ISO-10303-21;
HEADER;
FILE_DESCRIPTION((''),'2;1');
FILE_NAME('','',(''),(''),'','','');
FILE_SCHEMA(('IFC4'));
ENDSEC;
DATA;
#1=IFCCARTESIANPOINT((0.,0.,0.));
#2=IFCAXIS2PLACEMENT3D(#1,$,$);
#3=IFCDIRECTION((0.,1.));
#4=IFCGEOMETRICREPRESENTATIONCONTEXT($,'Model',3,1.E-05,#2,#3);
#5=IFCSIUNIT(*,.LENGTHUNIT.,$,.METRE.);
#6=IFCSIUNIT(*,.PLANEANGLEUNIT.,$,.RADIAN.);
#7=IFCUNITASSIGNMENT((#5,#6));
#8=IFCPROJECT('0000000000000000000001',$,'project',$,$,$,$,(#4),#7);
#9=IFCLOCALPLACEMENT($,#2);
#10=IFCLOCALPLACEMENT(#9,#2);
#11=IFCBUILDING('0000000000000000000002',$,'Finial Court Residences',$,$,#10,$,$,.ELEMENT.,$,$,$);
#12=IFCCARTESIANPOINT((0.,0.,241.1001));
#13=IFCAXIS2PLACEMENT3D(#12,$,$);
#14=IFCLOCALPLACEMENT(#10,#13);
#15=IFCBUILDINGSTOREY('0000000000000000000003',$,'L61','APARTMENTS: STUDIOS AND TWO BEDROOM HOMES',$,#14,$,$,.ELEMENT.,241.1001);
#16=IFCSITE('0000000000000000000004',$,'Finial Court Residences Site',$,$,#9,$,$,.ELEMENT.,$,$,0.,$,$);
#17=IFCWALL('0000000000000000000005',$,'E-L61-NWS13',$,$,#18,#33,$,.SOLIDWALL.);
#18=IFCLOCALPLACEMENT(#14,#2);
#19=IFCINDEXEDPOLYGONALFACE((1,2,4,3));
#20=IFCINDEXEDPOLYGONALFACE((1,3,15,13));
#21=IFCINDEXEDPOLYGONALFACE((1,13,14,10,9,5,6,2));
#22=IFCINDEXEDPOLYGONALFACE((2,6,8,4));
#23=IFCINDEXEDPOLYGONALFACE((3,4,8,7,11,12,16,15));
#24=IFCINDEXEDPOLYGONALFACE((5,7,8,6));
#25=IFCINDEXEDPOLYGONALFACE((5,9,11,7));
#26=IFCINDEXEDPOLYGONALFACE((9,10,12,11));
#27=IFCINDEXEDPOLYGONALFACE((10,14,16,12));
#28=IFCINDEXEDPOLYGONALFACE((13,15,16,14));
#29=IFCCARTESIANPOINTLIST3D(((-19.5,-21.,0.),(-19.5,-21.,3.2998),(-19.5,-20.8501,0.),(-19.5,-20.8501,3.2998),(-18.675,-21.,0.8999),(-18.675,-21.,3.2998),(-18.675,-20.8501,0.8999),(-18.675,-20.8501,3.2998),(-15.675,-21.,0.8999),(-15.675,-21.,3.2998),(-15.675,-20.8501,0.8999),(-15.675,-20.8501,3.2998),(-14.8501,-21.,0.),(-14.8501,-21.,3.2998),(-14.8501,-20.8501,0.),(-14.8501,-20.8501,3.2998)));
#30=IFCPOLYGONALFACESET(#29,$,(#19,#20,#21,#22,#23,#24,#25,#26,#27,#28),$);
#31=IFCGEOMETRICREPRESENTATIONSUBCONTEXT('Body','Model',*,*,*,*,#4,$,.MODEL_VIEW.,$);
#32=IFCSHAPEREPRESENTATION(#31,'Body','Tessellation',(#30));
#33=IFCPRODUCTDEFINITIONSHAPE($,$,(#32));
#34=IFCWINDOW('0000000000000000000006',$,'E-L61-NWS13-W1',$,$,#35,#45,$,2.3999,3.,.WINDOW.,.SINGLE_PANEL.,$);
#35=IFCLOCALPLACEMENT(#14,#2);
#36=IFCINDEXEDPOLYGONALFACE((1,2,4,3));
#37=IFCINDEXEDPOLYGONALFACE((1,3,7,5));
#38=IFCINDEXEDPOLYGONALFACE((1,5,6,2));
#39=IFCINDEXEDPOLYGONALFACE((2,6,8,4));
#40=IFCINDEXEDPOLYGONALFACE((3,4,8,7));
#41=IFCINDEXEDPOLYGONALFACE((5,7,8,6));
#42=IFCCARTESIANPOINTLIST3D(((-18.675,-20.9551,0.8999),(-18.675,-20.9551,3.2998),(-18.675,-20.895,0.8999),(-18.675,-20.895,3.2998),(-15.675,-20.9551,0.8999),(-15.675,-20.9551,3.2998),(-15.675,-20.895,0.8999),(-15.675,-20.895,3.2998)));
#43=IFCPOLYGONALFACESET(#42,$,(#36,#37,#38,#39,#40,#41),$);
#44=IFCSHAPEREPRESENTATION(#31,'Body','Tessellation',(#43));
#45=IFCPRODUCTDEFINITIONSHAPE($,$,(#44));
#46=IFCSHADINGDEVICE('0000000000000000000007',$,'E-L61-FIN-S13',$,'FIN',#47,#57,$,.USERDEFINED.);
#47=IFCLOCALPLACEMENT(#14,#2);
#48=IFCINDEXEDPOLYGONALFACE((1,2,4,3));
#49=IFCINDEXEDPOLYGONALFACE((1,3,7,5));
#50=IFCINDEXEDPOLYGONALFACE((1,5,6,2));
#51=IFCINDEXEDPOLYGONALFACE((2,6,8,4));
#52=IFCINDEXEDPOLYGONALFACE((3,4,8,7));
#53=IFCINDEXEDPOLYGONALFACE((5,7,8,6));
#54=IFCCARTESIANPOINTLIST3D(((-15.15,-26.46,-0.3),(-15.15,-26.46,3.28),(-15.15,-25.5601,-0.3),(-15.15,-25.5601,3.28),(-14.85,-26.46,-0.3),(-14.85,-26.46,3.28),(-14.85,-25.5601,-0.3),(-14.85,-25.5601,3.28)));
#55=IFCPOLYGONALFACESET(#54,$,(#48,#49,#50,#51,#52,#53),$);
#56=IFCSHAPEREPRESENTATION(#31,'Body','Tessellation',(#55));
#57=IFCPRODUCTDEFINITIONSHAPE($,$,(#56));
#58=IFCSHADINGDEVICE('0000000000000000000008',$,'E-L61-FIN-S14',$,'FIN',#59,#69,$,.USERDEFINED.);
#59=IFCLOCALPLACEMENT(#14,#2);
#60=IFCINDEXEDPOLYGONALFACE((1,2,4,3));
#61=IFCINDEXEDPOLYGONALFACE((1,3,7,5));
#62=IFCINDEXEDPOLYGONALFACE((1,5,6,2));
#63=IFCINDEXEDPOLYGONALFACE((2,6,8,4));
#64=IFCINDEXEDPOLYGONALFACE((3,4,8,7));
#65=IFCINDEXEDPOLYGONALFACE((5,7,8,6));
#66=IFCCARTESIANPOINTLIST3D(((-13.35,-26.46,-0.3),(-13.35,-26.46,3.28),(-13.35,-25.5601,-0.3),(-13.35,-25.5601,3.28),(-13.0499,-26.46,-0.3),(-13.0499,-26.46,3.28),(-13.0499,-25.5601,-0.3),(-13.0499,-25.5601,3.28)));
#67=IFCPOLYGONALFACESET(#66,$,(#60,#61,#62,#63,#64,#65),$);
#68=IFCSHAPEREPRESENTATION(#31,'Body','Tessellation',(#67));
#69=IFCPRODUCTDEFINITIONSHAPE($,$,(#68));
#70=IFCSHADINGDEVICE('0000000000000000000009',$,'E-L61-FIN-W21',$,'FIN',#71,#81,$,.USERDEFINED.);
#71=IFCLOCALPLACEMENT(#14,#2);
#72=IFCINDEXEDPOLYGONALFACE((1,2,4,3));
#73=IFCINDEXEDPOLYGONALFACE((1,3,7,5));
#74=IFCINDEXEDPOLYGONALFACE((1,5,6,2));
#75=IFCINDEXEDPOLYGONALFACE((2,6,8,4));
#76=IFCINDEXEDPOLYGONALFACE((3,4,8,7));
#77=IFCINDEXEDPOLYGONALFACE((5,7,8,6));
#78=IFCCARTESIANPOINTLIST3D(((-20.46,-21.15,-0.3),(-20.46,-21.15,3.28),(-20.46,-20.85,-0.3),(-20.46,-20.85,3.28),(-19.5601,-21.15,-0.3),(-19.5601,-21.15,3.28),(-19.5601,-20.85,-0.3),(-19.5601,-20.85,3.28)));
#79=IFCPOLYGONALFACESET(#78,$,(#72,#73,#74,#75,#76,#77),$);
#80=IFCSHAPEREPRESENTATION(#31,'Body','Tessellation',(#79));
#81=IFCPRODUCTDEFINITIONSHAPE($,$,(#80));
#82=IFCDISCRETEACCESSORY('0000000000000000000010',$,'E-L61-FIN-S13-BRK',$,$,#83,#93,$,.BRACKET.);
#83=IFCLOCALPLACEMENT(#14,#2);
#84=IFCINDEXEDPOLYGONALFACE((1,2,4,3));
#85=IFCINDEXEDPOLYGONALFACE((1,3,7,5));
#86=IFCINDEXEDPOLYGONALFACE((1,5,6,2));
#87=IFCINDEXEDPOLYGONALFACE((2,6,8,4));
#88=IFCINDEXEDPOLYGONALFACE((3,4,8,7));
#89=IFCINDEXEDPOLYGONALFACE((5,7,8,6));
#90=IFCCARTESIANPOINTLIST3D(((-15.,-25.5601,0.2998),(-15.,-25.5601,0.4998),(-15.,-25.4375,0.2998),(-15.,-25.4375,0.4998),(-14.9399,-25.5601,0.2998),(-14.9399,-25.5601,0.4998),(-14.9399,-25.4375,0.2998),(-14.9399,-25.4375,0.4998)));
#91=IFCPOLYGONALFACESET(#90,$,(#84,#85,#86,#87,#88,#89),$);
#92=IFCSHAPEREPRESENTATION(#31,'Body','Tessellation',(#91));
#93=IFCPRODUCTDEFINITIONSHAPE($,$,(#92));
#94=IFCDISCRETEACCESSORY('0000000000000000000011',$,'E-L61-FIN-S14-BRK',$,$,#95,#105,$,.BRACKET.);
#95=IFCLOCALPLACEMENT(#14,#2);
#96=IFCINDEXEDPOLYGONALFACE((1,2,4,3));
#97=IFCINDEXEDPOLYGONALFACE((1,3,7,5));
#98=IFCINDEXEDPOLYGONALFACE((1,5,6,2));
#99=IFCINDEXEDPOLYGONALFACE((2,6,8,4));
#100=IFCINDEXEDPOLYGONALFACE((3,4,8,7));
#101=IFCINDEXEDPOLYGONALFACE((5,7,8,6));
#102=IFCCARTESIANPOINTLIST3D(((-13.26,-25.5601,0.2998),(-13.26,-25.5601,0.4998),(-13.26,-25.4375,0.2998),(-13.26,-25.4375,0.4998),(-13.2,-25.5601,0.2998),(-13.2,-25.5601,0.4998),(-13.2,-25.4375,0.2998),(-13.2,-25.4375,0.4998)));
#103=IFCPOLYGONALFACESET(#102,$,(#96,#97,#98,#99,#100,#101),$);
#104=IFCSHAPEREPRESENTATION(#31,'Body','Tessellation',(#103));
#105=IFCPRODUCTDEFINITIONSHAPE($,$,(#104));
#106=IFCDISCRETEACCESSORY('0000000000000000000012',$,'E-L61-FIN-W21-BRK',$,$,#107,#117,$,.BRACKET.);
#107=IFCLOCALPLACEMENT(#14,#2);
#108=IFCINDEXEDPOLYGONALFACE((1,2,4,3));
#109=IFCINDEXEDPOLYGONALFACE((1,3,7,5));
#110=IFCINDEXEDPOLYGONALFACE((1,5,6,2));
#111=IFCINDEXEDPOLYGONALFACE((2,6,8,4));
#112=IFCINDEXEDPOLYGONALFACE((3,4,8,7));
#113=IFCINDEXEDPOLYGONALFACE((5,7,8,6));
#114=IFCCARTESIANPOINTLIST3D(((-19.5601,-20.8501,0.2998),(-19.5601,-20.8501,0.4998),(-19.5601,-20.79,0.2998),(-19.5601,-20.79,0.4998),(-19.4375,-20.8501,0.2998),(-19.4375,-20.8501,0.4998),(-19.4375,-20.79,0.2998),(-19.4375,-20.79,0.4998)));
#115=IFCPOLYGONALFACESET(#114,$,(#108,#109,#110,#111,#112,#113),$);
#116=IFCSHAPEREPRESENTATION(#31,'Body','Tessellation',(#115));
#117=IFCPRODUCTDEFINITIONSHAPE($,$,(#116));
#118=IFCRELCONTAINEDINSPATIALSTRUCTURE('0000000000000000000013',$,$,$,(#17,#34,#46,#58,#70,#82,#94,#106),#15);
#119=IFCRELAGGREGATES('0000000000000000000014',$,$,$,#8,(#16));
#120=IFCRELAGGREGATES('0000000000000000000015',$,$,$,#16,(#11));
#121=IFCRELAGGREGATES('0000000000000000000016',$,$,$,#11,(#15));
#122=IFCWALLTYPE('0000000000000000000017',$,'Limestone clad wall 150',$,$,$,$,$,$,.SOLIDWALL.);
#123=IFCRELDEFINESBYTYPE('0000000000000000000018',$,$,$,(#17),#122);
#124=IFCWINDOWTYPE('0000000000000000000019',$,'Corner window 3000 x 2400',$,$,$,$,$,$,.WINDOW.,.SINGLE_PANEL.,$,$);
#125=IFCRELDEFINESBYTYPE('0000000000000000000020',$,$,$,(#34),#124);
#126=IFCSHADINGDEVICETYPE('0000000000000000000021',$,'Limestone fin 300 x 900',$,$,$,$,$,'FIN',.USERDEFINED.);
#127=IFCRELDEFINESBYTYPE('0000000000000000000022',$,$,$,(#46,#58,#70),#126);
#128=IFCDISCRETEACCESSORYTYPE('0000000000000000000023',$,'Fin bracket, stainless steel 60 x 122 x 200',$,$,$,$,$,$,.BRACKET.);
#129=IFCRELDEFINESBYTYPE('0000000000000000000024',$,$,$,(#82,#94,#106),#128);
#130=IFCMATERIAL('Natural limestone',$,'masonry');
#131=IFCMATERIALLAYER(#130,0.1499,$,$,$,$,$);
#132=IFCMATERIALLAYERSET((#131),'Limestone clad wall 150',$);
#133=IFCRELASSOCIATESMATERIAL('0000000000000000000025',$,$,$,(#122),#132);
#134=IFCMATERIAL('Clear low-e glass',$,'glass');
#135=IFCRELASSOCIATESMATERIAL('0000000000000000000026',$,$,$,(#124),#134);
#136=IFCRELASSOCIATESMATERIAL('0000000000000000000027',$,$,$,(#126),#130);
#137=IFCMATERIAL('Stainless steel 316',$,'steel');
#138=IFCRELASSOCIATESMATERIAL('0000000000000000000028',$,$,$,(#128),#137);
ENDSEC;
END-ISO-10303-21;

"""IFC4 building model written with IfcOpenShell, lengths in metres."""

from ifc_helpers import new_model, si_unit, direction, frame, frame_2d, origin, origin_2d, place, context, subcontext, project, spatial, rectangle, extrude, material, layer, layer_set, type_object, element, fill, save


model = new_model("IFC4")

# Units and contexts
model_context = context("Model", 3, precision=1e-05, world=origin(), true_north=direction((0.0, 1.0)))
body_context = subcontext(model_context, "Body", "Model", "MODEL_VIEW")
ifc_project = project(units=[si_unit("LENGTHUNIT", "METRE"), si_unit("PLANEANGLEUNIT", "RADIAN")], contexts=[model_context])

# Site, building, storey
site_placement = place(None, origin())
site = spatial("IfcSite", under=ifc_project, at=site_placement, Name="Finial Court Residences Site", CompositionType="ELEMENT", RefElevation=0.0)
building_placement = place(site_placement, origin())
building = spatial("IfcBuilding", under=site, at=building_placement, Name="Finial Court Residences", CompositionType="ELEMENT")
storey_placement = place(building_placement, frame((0.0, 0.0, 241.1001)))
storey = spatial("IfcBuildingStorey", under=building, at=storey_placement, Name="L61", Description="APARTMENTS: STUDIOS AND TWO BEDROOM HOMES", CompositionType="ELEMENT", Elevation=241.1001)

# Shared definitions
ifc_material_1 = material(Name="Clear low-e glass", Category="glass")

# Wall, opening, window
ifc_material_2 = material(Name="Natural limestone", Category="masonry")
ifc_layer_1 = layer(ifc_material_2, 0.1499)
ifc_layer_set_1 = layer_set([ifc_layer_1], Name="Limestone clad wall 150")
wall_type_1 = type_object("IfcWallType", Name="Limestone clad wall 150", PredefinedType="SOLIDWALL", material=ifc_layer_set_1)
window_type = type_object("IfcWindowType", Name="Corner window 3000 x 2400", PartitioningType="SINGLE_PANEL", PredefinedType="WINDOW", material=ifc_material_1)
wall_1_placement = place(storey_placement, frame((-14.8501, -20.925, 0.0), z_axis=(0.0, 0.0, 1.0), x_axis=(-1.0, 0.0, 0.0)))
wall_1 = element("IfcWall", 1, at=wall_1_placement, inside=storey, type_object=wall_type_1, Name="E-L61-NWS13", PredefinedType="SOLIDWALL", context=body_context, shape_type="SweptSolid", body=[
    extrude(rectangle(XDim=4.6499, YDim=0.1499, at=frame_2d((2.325, 0.0))), origin(), (0.0, 0.0, 1.0), 3.2998),
])
opening_1_placement = place(wall_1_placement, frame((0.825, 0.0, 0.8999)))
opening_1 = element("IfcOpeningElement", 2, at=opening_1_placement, cuts=wall_1, PredefinedType="OPENING", context=body_context, shape_type="SweptSolid", body=[
    extrude(rectangle(XDim=3.0, YDim=2.3999, at=frame_2d((1.5, 1.2))), frame((0.0, 0.085, 0.0), z_axis=(0.0, -1.0, 0.0), x_axis=(1.0, 0.0, 0.0)), (0.0, 0.0, 1.0), 0.1699),
])
window_1_placement = place(opening_1_placement, origin())
window_1 = element("IfcWindow", 3, at=window_1_placement, inside=storey, type_object=window_type, Name="E-L61-NWS13-W1", OverallHeight=2.3999, OverallWidth=3.0, PartitioningType="SINGLE_PANEL", PredefinedType="WINDOW", context=body_context, shape_type="SweptSolid", body=[
    extrude(rectangle(XDim=3.0, YDim=2.3999, at=frame_2d((1.5, 1.2))), frame((0.0, 0.03, 0.0), z_axis=(0.0, -1.0, 0.0), x_axis=(1.0, 0.0, 0.0)), (0.0, 0.0, 1.0), 0.0601),
])
fill(opening_1, window_1)

# Shading devices
shading_device_type = type_object("IfcShadingDeviceType", Name="Limestone fin 300 x 900", ElementType="FIN", PredefinedType="USERDEFINED", material=ifc_material_2)
for number, where, z_axis, x_axis, name in (
    (4, (-15.0, -26.01, -0.3), (0.0, 0.0, 1.0), (1.0, 0.0, 0.0), "E-L61-FIN-S13"),
    (5, (-13.2, -26.01, -0.3), (0.0, 0.0, 1.0), (1.0, 0.0, 0.0), "E-L61-FIN-S14"),
):
    element("IfcShadingDevice", number, at=place(storey_placement, frame(where, z_axis=z_axis, x_axis=x_axis)), inside=storey, type_object=shading_device_type, Name=name, ObjectType="FIN", PredefinedType="USERDEFINED", context=body_context, shape_type="SweptSolid", body=[
        extrude(rectangle(XDim=0.3, YDim=0.8999, at=origin_2d()), origin(), (0.0, 0.0, 1.0), 3.5801),
    ])
shading_device_placement = place(storey_placement, frame((-20.01, -21.0, -0.3), z_axis=(0.0, 0.0, 1.0), x_axis=(1.0, 0.0, 0.0)))
element("IfcShadingDevice", 6, at=shading_device_placement, inside=storey, type_object=shading_device_type, Name="E-L61-FIN-W21", ObjectType="FIN", PredefinedType="USERDEFINED", context=body_context, shape_type="SweptSolid", body=[
    extrude(rectangle(XDim=0.8999, YDim=0.3, at=origin_2d()), origin(), (0.0, 0.0, 1.0), 3.5801),
])

# Discrete accessories
ifc_material_3 = material(Name="Stainless steel 316", Category="steel")
discrete_accessory_type = type_object("IfcDiscreteAccessoryType", Name="Fin bracket, stainless steel 60 x 122 x 200", PredefinedType="BRACKET", material=ifc_material_3)
for number, where, z_axis, x_axis, name in (
    (7, (-14.97, -25.4988, 0.2998), (0.0, 0.0, 1.0), (1.0, 0.0, 0.0), "E-L61-FIN-S13-BRK"),
    (8, (-13.23, -25.4988, 0.2998), (0.0, 0.0, 1.0), (1.0, 0.0, 0.0), "E-L61-FIN-S14-BRK"),
):
    element("IfcDiscreteAccessory", number, at=place(storey_placement, frame(where, z_axis=z_axis, x_axis=x_axis)), inside=storey, type_object=discrete_accessory_type, Name=name, PredefinedType="BRACKET", context=body_context, shape_type="SweptSolid", body=[
        extrude(rectangle(XDim=0.0601, YDim=0.1226, at=origin_2d()), origin(), (0.0, 0.0, 1.0), 0.2),
    ])
discrete_accessory_placement = place(storey_placement, frame((-19.4988, -20.8201, 0.2998), z_axis=(0.0, 0.0, 1.0), x_axis=(1.0, 0.0, 0.0)))
element("IfcDiscreteAccessory", 9, at=discrete_accessory_placement, inside=storey, type_object=discrete_accessory_type, Name="E-L61-FIN-W21-BRK", PredefinedType="BRACKET", context=body_context, shape_type="SweptSolid", body=[
    extrude(rectangle(XDim=0.1226, YDim=0.0601, at=origin_2d()), origin(), (0.0, 0.0, 1.0), 0.2),
])

save(model, "model.ifc")
